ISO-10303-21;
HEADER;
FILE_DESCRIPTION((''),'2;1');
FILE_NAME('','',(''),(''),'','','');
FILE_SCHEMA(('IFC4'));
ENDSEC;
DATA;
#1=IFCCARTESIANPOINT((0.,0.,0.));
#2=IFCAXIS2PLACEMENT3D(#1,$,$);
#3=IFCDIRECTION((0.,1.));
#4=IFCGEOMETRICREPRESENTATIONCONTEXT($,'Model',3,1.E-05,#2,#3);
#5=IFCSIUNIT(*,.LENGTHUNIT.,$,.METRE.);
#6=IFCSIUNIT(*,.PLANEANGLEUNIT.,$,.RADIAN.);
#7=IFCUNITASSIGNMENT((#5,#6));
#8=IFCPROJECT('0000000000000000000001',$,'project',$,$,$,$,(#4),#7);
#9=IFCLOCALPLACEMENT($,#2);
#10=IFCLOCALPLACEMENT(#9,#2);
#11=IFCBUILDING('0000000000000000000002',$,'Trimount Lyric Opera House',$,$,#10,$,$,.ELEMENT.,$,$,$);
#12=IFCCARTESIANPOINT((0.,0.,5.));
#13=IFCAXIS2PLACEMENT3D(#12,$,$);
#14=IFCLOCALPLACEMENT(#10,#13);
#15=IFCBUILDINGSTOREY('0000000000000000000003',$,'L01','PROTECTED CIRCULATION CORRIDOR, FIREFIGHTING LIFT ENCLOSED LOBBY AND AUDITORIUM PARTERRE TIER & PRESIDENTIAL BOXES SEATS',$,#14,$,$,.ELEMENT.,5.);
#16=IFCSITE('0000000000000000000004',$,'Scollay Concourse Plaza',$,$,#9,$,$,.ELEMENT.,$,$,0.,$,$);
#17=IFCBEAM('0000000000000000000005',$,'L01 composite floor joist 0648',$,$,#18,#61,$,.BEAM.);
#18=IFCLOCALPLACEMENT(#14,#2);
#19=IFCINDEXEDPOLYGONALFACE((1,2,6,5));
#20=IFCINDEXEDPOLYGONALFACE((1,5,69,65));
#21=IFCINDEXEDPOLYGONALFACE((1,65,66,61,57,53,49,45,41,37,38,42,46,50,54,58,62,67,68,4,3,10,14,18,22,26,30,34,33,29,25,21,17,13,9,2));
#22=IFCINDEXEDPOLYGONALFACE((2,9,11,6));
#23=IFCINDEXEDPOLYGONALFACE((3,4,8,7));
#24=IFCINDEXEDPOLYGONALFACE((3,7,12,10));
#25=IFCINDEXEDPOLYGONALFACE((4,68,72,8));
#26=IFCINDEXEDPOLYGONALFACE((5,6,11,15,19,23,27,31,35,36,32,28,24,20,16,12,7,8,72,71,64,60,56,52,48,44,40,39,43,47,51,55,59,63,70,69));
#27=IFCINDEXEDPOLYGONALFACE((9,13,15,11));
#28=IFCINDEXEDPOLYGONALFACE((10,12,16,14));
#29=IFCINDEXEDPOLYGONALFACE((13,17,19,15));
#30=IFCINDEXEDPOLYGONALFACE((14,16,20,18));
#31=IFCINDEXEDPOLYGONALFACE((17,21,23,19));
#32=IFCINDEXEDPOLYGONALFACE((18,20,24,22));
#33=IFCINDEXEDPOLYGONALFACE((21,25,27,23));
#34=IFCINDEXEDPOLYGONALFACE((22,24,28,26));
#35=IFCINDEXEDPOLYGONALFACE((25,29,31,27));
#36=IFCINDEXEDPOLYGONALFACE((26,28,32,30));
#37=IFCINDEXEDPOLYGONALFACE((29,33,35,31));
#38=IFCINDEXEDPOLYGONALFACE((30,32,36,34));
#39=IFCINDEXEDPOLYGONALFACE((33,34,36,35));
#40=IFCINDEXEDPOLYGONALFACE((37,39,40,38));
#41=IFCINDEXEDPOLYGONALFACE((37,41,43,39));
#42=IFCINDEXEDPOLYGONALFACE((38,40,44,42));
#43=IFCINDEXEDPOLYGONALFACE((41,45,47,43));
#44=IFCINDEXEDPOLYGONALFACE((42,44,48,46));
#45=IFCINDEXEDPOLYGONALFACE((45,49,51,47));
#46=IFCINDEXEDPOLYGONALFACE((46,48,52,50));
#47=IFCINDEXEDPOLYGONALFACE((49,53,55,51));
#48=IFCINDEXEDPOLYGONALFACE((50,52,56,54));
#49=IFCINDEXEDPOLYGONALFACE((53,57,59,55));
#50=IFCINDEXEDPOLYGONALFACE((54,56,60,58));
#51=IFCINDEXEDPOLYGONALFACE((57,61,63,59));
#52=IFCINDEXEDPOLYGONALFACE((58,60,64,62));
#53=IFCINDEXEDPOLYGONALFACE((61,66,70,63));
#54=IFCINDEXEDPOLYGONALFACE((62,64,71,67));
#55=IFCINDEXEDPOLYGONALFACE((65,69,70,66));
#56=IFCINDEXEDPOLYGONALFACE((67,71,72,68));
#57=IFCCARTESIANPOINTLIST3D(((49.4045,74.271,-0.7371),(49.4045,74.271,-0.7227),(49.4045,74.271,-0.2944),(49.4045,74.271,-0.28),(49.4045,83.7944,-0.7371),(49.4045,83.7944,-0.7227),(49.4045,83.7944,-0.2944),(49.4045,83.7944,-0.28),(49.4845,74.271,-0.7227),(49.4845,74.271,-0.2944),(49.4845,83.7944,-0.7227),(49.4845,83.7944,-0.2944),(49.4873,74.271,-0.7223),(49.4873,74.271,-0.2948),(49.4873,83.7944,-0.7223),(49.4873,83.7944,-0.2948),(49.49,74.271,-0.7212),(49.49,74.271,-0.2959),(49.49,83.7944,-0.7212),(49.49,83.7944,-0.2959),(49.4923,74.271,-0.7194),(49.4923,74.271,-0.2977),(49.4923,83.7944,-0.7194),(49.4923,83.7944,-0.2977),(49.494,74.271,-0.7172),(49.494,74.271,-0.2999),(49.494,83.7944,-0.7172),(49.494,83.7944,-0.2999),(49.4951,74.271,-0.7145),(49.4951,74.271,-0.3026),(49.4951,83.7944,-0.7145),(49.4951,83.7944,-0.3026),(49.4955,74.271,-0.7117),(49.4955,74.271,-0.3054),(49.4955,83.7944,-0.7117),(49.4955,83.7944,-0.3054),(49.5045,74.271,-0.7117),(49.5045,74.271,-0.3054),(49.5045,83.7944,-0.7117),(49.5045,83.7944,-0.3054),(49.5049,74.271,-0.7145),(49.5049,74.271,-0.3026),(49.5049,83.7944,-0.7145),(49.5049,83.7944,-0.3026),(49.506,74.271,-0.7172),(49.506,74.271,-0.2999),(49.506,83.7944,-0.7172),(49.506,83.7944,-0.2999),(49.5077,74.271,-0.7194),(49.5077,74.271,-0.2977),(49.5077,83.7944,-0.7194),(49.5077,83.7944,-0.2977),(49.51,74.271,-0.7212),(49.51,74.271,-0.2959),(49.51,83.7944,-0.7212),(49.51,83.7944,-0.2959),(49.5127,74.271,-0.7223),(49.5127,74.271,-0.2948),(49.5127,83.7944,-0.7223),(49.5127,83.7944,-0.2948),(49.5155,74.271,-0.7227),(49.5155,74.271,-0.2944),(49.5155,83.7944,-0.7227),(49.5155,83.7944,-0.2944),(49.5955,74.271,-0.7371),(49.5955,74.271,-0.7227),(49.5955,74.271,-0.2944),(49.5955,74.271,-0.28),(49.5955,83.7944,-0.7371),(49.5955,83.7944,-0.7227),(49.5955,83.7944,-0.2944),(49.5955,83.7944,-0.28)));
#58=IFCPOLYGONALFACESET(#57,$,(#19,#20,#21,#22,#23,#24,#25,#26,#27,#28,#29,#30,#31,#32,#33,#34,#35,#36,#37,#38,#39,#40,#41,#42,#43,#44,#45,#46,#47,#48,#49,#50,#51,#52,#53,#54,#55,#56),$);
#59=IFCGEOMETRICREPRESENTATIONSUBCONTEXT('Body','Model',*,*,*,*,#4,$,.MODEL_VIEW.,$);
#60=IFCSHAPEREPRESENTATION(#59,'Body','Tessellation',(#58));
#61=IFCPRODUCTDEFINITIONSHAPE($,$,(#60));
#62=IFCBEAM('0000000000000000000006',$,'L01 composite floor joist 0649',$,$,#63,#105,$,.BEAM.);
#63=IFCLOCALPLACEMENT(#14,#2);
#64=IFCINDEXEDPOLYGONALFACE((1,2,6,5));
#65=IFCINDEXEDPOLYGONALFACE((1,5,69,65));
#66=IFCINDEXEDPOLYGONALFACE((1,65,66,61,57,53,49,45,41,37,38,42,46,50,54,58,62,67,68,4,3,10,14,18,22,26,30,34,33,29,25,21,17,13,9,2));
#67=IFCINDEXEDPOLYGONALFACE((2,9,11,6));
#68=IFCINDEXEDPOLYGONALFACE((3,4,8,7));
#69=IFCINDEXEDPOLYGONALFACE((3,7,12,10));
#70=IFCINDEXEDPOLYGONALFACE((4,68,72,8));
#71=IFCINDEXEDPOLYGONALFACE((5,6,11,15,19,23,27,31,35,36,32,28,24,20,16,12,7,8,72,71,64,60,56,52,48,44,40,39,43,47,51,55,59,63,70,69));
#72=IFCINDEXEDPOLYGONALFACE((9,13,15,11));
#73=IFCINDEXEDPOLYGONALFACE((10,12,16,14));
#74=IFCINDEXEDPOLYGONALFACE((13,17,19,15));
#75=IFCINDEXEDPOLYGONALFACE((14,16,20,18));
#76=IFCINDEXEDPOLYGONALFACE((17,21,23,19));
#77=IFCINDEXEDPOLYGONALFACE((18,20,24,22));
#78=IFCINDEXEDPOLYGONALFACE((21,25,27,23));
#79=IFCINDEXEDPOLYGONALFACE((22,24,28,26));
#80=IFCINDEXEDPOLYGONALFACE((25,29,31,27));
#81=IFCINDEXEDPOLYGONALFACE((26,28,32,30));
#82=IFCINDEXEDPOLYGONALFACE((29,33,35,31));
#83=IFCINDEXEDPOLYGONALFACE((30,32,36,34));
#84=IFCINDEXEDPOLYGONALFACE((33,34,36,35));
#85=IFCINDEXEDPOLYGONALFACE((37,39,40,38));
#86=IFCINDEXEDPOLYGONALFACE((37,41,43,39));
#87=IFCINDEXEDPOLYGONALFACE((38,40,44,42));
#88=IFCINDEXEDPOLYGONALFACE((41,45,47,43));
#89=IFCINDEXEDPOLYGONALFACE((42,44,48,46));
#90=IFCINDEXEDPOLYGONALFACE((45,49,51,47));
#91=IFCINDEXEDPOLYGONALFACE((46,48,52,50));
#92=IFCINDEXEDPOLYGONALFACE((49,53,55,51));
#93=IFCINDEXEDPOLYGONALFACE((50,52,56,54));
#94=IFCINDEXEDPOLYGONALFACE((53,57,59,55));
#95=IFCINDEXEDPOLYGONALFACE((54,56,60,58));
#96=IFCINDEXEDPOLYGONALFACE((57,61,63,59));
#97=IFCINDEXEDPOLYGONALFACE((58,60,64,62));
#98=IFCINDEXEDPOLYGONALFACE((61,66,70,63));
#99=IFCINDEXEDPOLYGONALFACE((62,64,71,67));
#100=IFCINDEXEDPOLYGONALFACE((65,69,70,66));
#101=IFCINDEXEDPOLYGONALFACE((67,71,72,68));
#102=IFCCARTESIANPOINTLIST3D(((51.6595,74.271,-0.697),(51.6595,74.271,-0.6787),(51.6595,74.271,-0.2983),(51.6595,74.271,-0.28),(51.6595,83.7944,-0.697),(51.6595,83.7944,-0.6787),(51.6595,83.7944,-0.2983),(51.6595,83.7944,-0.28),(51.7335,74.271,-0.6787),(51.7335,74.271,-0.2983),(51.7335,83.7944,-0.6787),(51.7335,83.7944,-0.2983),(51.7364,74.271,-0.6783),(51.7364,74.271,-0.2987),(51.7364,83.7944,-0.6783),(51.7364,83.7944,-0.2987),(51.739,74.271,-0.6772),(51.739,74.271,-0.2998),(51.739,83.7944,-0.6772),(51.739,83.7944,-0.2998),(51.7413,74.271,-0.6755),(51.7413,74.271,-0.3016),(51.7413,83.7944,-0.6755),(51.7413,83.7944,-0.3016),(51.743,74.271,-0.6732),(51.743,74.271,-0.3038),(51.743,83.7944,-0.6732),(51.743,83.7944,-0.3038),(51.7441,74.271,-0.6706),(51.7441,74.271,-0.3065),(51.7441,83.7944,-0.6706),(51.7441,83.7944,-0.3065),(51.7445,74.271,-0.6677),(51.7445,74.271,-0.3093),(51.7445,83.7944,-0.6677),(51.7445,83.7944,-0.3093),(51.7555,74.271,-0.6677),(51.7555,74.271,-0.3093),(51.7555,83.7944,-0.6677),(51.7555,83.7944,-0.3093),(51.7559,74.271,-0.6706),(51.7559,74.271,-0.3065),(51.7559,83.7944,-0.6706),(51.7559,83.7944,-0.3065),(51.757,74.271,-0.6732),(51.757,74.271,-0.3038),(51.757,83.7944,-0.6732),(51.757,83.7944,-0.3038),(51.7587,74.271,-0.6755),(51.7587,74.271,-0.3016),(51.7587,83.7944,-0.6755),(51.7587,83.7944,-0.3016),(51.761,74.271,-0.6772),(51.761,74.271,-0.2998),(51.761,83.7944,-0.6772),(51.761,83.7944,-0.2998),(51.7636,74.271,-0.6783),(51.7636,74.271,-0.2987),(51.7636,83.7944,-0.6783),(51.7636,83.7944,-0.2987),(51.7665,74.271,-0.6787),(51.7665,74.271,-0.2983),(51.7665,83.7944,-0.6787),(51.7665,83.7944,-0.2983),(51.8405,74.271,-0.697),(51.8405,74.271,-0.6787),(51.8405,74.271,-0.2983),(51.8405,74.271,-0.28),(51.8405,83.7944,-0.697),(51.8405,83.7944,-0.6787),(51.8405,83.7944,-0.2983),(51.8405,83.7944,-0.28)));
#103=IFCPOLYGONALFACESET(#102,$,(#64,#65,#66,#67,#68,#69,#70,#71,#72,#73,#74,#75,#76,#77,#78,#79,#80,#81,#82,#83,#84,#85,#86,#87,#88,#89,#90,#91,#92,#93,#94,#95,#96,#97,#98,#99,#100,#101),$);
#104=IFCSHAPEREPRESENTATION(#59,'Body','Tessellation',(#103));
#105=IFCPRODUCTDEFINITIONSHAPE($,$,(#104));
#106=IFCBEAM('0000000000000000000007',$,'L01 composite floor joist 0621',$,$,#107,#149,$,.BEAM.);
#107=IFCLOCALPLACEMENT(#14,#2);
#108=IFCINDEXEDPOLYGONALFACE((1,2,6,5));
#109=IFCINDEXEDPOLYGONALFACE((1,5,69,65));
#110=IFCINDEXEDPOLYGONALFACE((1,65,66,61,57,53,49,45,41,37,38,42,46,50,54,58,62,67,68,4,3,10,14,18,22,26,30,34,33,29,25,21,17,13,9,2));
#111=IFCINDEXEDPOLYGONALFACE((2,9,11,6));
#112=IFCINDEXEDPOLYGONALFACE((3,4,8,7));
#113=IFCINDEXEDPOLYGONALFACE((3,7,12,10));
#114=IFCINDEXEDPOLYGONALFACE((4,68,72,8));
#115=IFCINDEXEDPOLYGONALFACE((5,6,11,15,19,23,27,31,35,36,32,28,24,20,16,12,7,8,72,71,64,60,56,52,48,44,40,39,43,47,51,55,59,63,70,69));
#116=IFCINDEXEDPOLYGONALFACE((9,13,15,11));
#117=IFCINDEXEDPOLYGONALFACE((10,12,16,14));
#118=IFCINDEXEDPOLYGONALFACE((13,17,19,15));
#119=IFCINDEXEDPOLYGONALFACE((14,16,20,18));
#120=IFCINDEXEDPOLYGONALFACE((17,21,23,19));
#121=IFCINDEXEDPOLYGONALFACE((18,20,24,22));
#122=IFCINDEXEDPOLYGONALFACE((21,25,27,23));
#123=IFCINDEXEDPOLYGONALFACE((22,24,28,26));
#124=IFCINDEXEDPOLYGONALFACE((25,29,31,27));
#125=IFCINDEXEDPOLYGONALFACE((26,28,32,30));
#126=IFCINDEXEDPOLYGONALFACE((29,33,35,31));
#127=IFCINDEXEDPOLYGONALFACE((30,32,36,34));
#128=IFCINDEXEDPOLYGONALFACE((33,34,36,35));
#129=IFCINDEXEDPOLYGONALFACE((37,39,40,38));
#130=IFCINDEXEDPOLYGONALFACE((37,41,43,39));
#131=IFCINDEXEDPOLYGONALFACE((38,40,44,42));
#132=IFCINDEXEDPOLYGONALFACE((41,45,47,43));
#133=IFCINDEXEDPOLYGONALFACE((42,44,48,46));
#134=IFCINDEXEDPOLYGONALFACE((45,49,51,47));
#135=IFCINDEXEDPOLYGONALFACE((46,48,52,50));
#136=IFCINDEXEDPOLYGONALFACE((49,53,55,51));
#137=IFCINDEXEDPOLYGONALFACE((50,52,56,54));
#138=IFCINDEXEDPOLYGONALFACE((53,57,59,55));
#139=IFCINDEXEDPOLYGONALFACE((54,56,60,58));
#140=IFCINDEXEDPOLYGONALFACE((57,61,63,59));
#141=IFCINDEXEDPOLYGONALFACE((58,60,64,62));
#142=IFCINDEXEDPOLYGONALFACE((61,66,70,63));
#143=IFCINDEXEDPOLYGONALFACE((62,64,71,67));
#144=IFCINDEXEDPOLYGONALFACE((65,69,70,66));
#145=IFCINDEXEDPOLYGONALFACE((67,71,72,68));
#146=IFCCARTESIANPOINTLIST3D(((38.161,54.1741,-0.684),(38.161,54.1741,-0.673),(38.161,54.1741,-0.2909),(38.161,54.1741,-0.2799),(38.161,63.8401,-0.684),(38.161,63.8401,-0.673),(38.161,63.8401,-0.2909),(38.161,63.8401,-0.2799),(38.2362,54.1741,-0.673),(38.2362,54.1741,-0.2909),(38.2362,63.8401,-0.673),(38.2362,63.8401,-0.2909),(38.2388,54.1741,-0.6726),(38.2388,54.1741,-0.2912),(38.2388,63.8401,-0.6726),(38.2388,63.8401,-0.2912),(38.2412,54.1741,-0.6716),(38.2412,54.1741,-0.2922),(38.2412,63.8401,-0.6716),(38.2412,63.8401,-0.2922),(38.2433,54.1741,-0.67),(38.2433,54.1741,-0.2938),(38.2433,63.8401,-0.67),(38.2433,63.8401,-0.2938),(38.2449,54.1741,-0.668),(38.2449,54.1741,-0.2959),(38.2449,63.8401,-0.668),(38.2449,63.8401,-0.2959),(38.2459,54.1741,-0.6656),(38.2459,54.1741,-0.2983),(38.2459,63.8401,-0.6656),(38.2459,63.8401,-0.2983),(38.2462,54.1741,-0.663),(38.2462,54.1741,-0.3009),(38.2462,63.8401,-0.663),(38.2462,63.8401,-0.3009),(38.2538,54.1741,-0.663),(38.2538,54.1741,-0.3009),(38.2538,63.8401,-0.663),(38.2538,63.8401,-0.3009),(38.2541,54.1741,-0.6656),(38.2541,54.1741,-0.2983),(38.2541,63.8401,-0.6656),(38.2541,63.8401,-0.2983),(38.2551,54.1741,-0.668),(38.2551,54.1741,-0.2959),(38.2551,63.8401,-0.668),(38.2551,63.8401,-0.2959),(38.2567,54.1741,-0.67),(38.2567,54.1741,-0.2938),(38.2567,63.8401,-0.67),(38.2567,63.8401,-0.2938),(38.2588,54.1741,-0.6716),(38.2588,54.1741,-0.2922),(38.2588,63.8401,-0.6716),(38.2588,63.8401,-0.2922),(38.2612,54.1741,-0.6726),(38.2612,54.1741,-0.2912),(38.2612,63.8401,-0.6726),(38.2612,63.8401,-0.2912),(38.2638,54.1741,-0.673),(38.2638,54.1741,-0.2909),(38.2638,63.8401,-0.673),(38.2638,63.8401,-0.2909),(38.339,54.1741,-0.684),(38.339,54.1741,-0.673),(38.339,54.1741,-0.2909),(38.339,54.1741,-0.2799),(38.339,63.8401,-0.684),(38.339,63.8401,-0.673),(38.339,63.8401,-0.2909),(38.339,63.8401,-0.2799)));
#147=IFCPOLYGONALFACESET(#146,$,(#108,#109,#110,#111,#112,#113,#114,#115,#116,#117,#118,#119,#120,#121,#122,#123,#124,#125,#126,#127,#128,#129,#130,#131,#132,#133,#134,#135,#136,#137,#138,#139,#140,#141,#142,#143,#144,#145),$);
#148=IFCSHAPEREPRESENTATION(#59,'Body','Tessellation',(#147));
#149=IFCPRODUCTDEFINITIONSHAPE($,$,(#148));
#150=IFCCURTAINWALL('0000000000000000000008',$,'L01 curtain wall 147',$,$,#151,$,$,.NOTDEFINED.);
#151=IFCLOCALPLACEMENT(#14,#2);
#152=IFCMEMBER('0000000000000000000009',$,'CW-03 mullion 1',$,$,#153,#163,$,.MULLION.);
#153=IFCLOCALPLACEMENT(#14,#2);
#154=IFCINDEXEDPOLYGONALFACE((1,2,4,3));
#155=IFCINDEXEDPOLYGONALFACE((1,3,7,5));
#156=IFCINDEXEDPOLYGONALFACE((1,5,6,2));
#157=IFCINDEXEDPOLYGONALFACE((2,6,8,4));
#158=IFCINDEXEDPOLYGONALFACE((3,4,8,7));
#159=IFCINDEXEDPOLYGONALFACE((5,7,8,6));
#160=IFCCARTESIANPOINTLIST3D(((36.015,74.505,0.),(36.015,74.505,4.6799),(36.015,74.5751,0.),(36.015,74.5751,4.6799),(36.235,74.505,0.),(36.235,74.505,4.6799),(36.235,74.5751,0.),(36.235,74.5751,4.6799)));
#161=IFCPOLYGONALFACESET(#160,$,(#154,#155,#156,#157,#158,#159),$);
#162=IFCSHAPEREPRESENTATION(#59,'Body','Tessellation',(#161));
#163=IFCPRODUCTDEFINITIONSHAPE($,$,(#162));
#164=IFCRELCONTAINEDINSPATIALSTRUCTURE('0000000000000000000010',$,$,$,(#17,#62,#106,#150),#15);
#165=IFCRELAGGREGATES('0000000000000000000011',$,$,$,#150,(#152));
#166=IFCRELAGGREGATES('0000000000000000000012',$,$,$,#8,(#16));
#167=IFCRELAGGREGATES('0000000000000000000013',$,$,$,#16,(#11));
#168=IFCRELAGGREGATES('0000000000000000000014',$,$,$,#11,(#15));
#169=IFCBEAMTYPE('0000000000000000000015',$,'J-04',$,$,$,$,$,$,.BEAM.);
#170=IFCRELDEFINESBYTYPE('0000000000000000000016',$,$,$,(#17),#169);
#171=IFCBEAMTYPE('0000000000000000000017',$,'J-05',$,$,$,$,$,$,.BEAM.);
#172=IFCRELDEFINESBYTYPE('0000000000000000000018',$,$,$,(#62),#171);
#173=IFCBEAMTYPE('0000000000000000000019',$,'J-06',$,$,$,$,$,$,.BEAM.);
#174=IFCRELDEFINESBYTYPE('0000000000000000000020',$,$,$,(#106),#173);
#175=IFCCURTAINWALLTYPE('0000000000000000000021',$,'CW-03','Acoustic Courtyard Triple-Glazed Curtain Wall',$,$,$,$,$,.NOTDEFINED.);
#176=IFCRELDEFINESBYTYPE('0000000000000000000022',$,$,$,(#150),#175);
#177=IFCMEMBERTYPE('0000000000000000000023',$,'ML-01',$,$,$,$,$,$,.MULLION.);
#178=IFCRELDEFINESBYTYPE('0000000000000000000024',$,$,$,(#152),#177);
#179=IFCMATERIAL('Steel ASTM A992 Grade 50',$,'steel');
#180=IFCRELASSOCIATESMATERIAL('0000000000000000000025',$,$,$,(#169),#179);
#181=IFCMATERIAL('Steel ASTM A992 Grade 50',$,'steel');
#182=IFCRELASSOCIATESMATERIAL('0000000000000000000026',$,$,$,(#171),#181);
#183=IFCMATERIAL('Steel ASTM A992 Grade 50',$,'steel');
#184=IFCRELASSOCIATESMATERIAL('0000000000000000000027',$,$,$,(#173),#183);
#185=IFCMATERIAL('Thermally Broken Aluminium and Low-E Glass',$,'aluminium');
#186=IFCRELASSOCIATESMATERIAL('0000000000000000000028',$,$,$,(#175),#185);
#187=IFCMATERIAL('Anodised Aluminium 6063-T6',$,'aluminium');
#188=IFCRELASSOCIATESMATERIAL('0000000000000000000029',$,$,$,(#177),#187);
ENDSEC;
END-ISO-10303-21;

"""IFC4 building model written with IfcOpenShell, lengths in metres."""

from ifc_helpers import new_model, si_unit, direction, frame, origin, origin_2d, place, context, subcontext, project, spatial, rectangle, i_section, extrude, material, material_profile, profile_set, type_object, element, aggregate, save


model = new_model("IFC4")

# Units and contexts
model_context = context("Model", 3, precision=1e-05, world=origin(), true_north=direction((0.0, 1.0)))
body_context = subcontext(model_context, "Body", "Model", "MODEL_VIEW")
ifc_project = project(units=[si_unit("LENGTHUNIT", "METRE"), si_unit("PLANEANGLEUNIT", "RADIAN")], contexts=[model_context])

# Site, building, storey
site_placement = place(None, origin())
site = spatial("IfcSite", under=ifc_project, at=site_placement, Name="Scollay Concourse Plaza", CompositionType="ELEMENT", RefElevation=0.0)
building_placement = place(site_placement, origin())
building = spatial("IfcBuilding", under=site, at=building_placement, Name="Trimount Lyric Opera House", CompositionType="ELEMENT")
storey_placement = place(building_placement, frame((0.0, 0.0, 5.0)))
storey = spatial("IfcBuildingStorey", under=building, at=storey_placement, Name="L01", Description="PROTECTED CIRCULATION CORRIDOR, FIREFIGHTING LIFT ENCLOSED LOBBY AND AUDITORIUM PARTERRE TIER & PRESIDENTIAL BOXES SEATS", CompositionType="ELEMENT", Elevation=5.0)

# Beams
ifc_material_1 = material(Name="Steel ASTM A992 Grade 50", Category="steel")
ifc_material_profile_1 = material_profile(ifc_material_1, i_section(OverallWidth=0.1909, OverallDepth=0.457, WebThickness=0.009, FlangeThickness=0.0144, FilletRadius=0.011, at=origin_2d()), Name="W18X50")
ifc_profile_set_1 = profile_set([ifc_material_profile_1], Name="Steel ASTM A992 Grade 50")
beam_type_1 = type_object("IfcBeamType", Name="J-04", PredefinedType="BEAM", material=ifc_profile_set_1)
beam_1_placement = place(storey_placement, frame((49.5, 74.271, -0.5085), z_axis=(0.0, 1.0, 0.0), x_axis=(-1.0, 0.0, 0.0)))
element("IfcBeam", 1, at=beam_1_placement, inside=storey, type_object=beam_type_1, Name="L01 composite floor joist 0648", PredefinedType="BEAM", context=body_context, shape_type="SweptSolid", body=[
    extrude(i_section(OverallWidth=0.1909, OverallDepth=0.457, WebThickness=0.009, FlangeThickness=0.0144, FilletRadius=0.011, at=origin_2d()), origin(), (0.0, 0.0, 1.0), 9.5234),
])
ifc_material_2 = material(Name="Steel ASTM A992 Grade 50", Category="steel")
ifc_material_profile_2 = material_profile(ifc_material_2, i_section(OverallWidth=0.1809, OverallDepth=0.417, WebThickness=0.011, FlangeThickness=0.0183, FilletRadius=0.011, at=origin_2d()), Name="W16X57")
ifc_profile_set_2 = profile_set([ifc_material_profile_2], Name="Steel ASTM A992 Grade 50")
beam_type_2 = type_object("IfcBeamType", Name="J-05", PredefinedType="BEAM", material=ifc_profile_set_2)
beam_2_placement = place(storey_placement, frame((51.75, 74.271, -0.4885), z_axis=(0.0, 1.0, 0.0), x_axis=(-1.0, 0.0, 0.0)))
element("IfcBeam", 2, at=beam_2_placement, inside=storey, type_object=beam_type_2, Name="L01 composite floor joist 0649", PredefinedType="BEAM", context=body_context, shape_type="SweptSolid", body=[
    extrude(i_section(OverallWidth=0.1809, OverallDepth=0.417, WebThickness=0.011, FlangeThickness=0.0183, FilletRadius=0.011, at=origin_2d()), origin(), (0.0, 0.0, 1.0), 9.5234),
])
ifc_material_3 = material(Name="Steel ASTM A992 Grade 50", Category="steel")
ifc_material_profile_3 = material_profile(ifc_material_3, i_section(OverallWidth=0.178, OverallDepth=0.4041, WebThickness=0.0076, FlangeThickness=0.011, FilletRadius=0.01, at=origin_2d()), Name="W16X36")
ifc_profile_set_3 = profile_set([ifc_material_profile_3], Name="Steel ASTM A992 Grade 50")
beam_type_3 = type_object("IfcBeamType", Name="J-06", PredefinedType="BEAM", material=ifc_profile_set_3)
beam_3_placement = place(storey_placement, frame((38.25, 54.1741, -0.4819), z_axis=(0.0, 1.0, 0.0), x_axis=(-1.0, 0.0, 0.0)))
element("IfcBeam", 3, at=beam_3_placement, inside=storey, type_object=beam_type_3, Name="L01 composite floor joist 0621", PredefinedType="BEAM", context=body_context, shape_type="SweptSolid", body=[
    extrude(i_section(OverallWidth=0.178, OverallDepth=0.4041, WebThickness=0.0076, FlangeThickness=0.011, FilletRadius=0.01, at=origin_2d()), origin(), (0.0, 0.0, 1.0), 9.666),
])

# Curtain wall, member
ifc_material_4 = material(Name="Thermally Broken Aluminium and Low-E Glass", Category="aluminium")
curtain_wall_type = type_object("IfcCurtainWallType", Name="CW-03", Description="Acoustic Courtyard Triple-Glazed Curtain Wall", PredefinedType="NOTDEFINED", material=ifc_material_4)
curtain_wall_placement = place(storey_placement, origin())
curtain_wall = element("IfcCurtainWall", 4, at=curtain_wall_placement, inside=storey, type_object=curtain_wall_type, Name="L01 curtain wall 147", PredefinedType="NOTDEFINED")
ifc_material_5 = material(Name="Anodised Aluminium 6063-T6", Category="aluminium")
ifc_material_profile_4 = material_profile(ifc_material_5, rectangle(XDim=0.0701, YDim=0.22, at=origin_2d()), Name="ALU-MULL-70X220")
ifc_profile_set_4 = profile_set([ifc_material_profile_4], Name="Anodised Aluminium 6063-T6")
member_type_1 = type_object("IfcMemberType", Name="ML-01", PredefinedType="MULLION", material=ifc_profile_set_4)
member_1_placement = place(storey_placement, frame((36.125, 74.54, 0.0), z_axis=(0.0, 0.0, 1.0), x_axis=(0.0, 1.0, 0.0)))
member_1 = element("IfcMember", 5, at=member_1_placement, type_object=member_type_1, Name="CW-03 mullion 1", PredefinedType="MULLION", context=body_context, shape_type="SweptSolid", body=[
    extrude(rectangle(XDim=0.0701, YDim=0.22, at=origin_2d()), origin(), (0.0, 0.0, 1.0), 4.6799),
])

aggregate(curtain_wall, [member_1])

save(model, "model.ifc")
